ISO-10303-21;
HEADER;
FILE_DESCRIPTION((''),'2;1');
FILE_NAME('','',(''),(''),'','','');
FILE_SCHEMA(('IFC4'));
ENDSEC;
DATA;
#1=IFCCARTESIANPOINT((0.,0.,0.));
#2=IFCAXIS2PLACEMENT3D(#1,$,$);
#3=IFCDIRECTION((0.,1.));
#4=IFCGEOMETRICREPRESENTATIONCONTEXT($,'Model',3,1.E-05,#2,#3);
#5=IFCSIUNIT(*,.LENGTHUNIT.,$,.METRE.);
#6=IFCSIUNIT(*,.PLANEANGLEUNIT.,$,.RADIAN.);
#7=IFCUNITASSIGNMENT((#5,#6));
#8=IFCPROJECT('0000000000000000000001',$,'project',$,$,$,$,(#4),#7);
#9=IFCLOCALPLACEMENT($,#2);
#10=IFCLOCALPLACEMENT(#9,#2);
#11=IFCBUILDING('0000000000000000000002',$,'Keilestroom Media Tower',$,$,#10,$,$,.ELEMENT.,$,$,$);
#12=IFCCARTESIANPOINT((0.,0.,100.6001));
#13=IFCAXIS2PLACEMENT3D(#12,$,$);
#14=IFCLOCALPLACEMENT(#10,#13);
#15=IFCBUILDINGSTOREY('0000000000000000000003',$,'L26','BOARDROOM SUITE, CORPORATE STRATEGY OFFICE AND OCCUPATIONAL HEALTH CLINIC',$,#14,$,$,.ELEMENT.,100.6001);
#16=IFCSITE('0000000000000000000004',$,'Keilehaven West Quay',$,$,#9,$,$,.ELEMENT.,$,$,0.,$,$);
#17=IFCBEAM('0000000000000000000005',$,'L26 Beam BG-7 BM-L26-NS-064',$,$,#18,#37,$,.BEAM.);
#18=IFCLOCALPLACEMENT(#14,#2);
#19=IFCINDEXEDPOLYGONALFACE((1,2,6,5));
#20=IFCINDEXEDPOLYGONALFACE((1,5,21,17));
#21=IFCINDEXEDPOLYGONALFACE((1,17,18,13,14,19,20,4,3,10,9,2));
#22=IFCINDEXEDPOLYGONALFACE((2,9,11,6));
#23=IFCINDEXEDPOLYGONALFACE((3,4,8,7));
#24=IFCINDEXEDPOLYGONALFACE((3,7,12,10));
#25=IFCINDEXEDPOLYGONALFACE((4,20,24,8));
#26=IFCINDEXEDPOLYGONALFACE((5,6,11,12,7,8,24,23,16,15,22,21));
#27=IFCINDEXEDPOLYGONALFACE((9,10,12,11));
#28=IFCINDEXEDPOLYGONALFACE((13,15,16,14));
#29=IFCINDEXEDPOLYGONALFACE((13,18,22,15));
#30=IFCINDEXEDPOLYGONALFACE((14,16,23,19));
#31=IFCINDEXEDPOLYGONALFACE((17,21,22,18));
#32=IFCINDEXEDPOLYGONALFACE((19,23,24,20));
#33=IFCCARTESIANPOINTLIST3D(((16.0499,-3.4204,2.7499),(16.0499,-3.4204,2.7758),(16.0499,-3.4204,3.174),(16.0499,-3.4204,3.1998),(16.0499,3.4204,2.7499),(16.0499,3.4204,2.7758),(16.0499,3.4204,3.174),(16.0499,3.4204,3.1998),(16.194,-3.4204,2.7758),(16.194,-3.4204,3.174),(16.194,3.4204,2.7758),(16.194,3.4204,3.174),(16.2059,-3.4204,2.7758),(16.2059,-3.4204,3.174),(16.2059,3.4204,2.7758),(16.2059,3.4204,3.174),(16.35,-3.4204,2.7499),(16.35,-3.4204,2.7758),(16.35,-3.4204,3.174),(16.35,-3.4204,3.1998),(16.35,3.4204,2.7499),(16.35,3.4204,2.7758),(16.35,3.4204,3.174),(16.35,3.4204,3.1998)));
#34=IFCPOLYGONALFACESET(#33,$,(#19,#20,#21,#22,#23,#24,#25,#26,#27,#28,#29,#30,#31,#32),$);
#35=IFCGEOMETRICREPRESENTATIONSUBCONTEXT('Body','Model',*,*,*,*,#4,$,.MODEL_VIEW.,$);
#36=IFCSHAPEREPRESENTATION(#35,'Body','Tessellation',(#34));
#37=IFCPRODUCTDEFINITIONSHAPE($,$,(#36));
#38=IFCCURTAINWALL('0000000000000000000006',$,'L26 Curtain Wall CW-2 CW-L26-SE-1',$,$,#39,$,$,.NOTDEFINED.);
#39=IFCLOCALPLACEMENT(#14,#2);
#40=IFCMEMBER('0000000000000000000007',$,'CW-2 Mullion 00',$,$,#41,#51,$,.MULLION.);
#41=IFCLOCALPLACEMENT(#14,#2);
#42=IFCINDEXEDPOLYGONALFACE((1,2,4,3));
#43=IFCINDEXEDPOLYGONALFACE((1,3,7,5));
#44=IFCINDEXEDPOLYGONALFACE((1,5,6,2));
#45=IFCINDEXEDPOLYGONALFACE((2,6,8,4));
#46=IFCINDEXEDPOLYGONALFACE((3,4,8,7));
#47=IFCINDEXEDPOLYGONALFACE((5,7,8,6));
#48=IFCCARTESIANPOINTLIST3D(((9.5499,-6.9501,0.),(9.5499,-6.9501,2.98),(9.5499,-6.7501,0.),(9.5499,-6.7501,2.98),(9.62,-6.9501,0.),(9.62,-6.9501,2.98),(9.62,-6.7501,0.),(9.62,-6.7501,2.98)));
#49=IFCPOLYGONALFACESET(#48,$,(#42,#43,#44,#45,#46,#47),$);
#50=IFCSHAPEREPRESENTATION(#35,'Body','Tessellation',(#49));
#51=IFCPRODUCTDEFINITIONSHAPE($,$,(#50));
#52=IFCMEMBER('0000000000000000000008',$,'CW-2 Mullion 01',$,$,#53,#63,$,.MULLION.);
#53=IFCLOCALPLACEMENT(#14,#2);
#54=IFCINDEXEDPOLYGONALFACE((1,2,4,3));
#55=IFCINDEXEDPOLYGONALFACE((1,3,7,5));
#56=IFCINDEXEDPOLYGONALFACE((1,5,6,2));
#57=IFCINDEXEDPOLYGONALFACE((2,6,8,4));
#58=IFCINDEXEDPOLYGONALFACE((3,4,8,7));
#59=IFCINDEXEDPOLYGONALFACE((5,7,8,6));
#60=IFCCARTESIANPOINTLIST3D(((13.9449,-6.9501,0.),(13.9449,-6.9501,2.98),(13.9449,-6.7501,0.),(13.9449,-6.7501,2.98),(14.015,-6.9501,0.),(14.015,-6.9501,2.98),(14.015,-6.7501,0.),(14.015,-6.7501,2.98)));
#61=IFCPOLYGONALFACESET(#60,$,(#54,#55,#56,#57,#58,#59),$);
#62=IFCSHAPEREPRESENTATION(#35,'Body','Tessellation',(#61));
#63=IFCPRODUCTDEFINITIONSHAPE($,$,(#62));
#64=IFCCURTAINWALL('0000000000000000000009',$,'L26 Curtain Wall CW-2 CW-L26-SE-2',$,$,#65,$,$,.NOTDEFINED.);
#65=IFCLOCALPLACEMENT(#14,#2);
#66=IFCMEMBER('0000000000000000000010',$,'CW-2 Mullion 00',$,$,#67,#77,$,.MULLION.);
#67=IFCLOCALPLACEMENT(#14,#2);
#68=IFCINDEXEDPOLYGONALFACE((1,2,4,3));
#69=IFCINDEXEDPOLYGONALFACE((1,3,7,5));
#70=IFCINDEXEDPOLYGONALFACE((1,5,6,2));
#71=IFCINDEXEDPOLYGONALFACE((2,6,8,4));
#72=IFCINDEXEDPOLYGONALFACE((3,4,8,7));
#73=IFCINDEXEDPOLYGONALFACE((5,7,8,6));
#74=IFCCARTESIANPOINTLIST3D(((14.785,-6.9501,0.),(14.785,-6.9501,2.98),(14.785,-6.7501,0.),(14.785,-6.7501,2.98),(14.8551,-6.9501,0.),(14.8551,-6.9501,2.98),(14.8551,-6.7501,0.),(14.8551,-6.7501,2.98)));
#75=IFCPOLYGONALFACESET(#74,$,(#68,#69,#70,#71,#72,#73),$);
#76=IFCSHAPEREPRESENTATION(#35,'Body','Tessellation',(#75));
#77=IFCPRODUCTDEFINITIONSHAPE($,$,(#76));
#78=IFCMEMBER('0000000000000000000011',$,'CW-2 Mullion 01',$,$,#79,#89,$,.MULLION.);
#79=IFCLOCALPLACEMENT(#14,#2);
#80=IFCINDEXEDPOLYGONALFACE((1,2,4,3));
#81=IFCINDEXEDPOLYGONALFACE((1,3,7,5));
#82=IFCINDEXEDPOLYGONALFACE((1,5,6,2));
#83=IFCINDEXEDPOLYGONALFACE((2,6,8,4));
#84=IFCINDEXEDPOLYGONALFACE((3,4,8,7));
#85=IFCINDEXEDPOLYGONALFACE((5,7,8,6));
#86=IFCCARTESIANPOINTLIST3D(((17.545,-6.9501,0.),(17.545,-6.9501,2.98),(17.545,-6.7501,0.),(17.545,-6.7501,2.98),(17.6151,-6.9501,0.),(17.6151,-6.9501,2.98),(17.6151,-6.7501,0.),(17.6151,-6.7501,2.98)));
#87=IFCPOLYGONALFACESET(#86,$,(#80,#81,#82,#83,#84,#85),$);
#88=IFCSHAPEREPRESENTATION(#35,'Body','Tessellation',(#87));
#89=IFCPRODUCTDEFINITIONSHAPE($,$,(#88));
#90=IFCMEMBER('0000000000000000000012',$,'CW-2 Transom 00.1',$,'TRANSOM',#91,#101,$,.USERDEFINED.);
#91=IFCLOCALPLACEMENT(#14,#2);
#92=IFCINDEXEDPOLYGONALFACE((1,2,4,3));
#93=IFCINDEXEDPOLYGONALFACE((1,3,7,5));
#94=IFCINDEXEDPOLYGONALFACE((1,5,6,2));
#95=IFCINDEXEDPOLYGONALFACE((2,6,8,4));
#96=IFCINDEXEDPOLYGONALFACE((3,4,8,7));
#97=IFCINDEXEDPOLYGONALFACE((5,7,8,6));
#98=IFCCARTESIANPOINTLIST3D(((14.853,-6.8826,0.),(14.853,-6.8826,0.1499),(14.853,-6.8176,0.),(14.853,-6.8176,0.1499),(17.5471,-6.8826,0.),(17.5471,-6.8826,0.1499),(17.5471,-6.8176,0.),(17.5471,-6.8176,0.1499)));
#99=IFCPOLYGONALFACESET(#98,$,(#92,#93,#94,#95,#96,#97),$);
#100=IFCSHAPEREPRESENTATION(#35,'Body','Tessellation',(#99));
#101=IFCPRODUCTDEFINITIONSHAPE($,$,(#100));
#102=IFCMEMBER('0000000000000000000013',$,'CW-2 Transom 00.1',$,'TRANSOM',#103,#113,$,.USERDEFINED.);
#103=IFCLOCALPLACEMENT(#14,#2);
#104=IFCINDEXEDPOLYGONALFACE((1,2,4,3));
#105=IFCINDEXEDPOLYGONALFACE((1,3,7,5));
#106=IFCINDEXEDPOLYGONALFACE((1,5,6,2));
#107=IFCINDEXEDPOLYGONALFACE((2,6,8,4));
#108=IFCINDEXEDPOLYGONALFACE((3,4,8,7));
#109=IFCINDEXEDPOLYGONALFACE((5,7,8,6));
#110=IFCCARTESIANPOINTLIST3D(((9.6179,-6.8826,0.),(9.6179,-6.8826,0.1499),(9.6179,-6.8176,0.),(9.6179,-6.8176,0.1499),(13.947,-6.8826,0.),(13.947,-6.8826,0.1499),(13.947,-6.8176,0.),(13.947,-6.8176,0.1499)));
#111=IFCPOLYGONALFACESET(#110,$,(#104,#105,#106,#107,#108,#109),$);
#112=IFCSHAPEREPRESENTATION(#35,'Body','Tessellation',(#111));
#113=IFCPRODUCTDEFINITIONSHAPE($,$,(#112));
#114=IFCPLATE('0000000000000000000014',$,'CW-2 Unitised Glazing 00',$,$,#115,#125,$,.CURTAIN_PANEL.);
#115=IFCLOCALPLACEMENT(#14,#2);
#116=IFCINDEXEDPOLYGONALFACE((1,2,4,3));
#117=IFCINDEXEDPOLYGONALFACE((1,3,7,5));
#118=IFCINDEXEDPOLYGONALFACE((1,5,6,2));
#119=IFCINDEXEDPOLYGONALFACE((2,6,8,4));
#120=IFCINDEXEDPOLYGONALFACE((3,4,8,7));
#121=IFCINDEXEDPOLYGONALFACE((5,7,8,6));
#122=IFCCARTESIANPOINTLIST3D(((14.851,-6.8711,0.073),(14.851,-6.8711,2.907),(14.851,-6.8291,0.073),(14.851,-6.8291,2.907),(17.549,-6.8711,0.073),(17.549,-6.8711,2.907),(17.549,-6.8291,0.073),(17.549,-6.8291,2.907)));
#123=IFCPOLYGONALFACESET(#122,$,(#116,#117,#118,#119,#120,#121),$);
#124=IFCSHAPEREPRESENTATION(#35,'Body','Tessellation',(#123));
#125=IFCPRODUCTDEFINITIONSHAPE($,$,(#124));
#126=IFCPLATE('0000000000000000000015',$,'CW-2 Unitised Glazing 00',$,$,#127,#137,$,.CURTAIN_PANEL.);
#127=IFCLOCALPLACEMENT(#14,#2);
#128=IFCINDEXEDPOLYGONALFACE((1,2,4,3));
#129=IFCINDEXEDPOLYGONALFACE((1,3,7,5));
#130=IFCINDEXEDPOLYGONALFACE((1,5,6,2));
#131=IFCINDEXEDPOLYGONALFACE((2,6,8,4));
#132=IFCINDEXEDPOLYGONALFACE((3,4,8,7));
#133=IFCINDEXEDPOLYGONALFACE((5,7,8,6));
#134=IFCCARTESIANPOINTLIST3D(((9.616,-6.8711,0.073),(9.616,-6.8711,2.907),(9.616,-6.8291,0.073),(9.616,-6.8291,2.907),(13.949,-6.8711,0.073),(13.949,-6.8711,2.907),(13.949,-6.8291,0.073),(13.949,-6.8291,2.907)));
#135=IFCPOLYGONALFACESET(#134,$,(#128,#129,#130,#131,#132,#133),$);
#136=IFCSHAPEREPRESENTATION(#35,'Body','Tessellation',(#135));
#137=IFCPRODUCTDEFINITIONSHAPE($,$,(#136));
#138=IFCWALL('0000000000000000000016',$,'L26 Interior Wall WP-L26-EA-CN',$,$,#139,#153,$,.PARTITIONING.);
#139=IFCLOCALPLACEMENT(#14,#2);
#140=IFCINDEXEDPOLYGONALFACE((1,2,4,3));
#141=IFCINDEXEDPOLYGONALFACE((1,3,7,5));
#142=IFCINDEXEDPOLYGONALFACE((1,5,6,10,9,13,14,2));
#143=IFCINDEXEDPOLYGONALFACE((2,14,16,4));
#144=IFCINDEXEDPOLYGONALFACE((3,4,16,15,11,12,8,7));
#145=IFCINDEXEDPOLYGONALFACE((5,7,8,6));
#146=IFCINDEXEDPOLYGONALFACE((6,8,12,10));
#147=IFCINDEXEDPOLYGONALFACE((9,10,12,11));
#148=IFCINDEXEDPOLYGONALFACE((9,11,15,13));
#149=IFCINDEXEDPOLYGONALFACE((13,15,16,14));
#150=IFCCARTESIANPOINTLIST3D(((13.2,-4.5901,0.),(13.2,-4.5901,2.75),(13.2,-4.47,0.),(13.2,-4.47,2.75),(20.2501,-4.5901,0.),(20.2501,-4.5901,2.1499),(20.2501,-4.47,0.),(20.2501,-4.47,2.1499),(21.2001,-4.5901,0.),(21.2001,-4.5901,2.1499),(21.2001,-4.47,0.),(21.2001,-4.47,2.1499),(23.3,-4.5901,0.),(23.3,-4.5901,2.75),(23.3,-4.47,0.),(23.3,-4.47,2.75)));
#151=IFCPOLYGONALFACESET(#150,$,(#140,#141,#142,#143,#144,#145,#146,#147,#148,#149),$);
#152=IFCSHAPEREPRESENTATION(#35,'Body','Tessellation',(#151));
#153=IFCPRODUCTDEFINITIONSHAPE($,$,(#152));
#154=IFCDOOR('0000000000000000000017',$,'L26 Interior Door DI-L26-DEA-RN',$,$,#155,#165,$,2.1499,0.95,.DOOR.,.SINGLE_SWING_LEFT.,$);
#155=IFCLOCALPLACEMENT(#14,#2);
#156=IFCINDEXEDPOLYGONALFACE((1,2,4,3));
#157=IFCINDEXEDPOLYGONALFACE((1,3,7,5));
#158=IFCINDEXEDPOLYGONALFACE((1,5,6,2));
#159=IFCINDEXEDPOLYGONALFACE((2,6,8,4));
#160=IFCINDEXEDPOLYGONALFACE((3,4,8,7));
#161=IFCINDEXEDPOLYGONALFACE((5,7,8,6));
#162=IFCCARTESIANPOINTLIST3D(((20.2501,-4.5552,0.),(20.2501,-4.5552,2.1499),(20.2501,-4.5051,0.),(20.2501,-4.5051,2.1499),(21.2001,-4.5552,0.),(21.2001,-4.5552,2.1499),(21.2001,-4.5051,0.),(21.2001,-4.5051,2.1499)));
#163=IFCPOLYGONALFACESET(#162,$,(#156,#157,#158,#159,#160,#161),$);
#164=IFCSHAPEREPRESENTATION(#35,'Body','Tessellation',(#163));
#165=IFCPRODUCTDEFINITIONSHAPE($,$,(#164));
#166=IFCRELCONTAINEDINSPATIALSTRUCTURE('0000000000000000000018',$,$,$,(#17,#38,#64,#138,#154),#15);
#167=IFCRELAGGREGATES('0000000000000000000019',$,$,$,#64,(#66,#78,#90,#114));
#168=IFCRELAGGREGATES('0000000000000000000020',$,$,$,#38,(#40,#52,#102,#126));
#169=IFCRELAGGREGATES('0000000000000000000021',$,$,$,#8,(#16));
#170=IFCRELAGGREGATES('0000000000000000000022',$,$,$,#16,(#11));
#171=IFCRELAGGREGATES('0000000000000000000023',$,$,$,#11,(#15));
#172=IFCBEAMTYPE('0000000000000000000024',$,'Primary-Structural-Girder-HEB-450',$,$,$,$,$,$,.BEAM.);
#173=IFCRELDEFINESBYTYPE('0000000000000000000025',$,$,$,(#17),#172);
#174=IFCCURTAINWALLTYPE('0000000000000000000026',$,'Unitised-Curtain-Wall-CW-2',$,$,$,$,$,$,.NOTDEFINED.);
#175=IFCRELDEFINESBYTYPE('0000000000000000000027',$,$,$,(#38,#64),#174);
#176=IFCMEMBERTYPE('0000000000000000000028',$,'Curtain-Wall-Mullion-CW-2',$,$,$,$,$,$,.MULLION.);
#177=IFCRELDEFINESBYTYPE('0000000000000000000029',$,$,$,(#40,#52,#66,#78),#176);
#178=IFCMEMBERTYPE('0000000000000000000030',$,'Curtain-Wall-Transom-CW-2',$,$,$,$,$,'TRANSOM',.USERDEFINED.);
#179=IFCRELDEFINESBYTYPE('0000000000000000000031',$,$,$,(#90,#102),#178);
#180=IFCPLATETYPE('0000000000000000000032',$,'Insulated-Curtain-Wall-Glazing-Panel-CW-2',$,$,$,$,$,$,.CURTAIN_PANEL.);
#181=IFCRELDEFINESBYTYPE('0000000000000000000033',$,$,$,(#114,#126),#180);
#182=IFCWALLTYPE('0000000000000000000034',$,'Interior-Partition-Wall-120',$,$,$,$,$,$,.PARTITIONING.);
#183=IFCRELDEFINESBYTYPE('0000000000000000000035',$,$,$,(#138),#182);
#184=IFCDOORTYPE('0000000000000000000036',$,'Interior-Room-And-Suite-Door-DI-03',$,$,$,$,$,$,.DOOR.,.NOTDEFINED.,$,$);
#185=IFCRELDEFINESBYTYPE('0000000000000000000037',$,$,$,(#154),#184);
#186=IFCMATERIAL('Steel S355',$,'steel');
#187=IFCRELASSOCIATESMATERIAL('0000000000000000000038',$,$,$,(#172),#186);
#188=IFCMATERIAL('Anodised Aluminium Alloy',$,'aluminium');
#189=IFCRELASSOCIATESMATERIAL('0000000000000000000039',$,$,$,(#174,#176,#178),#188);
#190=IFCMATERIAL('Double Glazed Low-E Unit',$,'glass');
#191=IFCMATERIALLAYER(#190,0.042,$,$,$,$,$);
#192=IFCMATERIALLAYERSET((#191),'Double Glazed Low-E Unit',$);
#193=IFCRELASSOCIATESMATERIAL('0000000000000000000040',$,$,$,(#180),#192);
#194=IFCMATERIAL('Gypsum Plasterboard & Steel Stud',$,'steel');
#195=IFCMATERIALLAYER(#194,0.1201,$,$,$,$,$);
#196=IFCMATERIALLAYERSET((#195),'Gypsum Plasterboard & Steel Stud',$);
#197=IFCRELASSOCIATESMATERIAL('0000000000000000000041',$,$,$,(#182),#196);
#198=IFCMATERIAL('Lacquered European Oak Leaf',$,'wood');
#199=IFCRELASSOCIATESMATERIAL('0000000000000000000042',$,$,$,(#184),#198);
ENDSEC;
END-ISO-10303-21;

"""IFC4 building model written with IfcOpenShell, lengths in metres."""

from ifc_helpers import new_model, si_unit, direction, frame, frame_2d, origin, origin_2d, place, context, subcontext, project, spatial, rectangle, i_section, extrude, source, transform, mapped, material, layer, layer_set, material_profile, profile_set, type_object, element, fill, aggregate, save


model = new_model("IFC4")

# Units and contexts
model_context = context("Model", 3, precision=1e-05, world=origin(), true_north=direction((0.0, 1.0)))
body_context = subcontext(model_context, "Body", "Model", "MODEL_VIEW")
ifc_project = project(units=[si_unit("LENGTHUNIT", "METRE"), si_unit("PLANEANGLEUNIT", "RADIAN")], contexts=[model_context])

# Site, building, storey
site_placement = place(None, origin())
site = spatial("IfcSite", under=ifc_project, at=site_placement, Name="Keilehaven West Quay", CompositionType="ELEMENT", RefElevation=0.0)
building_placement = place(site_placement, origin())
building = spatial("IfcBuilding", under=site, at=building_placement, Name="Keilestroom Media Tower", CompositionType="ELEMENT")
storey_placement = place(building_placement, frame((0.0, 0.0, 100.6001)))
storey = spatial("IfcBuildingStorey", under=building, at=storey_placement, Name="L26", Description="BOARDROOM SUITE, CORPORATE STRATEGY OFFICE AND OCCUPATIONAL HEALTH CLINIC", CompositionType="ELEMENT", Elevation=100.6001)

# Shared definitions
ifc_material_1 = material(Name="Steel S355", Category="steel")

# Beam
ifc_material_profile_1 = material_profile(ifc_material_1, i_section(OverallWidth=0.3, OverallDepth=0.45, WebThickness=0.012, FlangeThickness=0.0259, at=origin_2d()), Name="HEB 450")
ifc_profile_set_1 = profile_set([ifc_material_profile_1], Name="Steel S355")
beam_type_1 = type_object("IfcBeamType", Name="Primary-Structural-Girder-HEB-450", PredefinedType="BEAM", material=ifc_profile_set_1)
shared_shape_1 = source(origin(), body_context, "Body", "SweptSolid", [
    extrude(i_section(OverallWidth=0.3, OverallDepth=0.45, WebThickness=0.012, FlangeThickness=0.0259, at=origin_2d()), origin(), (0.0, 0.0, 1.0), 6.8408),
])
for number, where, z_axis, x_axis, name in (
    (1, (16.2, -3.4204, 2.9749), (0.0, 1.0, 0.0), (-1.0, 0.0, 0.0), "L26 Beam BG-7 BM-L26-NS-064"),
):
    element("IfcBeam", number, at=place(storey_placement, frame(where, z_axis=z_axis, x_axis=x_axis)), inside=storey, type_object=beam_type_1, Name=name, PredefinedType="BEAM", context=body_context, shape_type="MappedRepresentation", body=[
        mapped(shared_shape_1, transform((0.0, 0.0, 0.0), x_axis=(1.0, 0.0, 0.0), y_axis=(0.0, 1.0, 0.0), z_axis=(0.0, 0.0, 1.0), scale=1.0)),
    ])

# Curtain walls, members
ifc_material_2 = material(Name="Anodised Aluminium Alloy", Category="aluminium")
curtain_wall_type = type_object("IfcCurtainWallType", Name="Unitised-Curtain-Wall-CW-2", PredefinedType="NOTDEFINED", material=ifc_material_2)
curtain_wall_1_placement = place(storey_placement, origin())
curtain_wall_1 = element("IfcCurtainWall", 2, at=curtain_wall_1_placement, inside=storey, type_object=curtain_wall_type, Name="L26 Curtain Wall CW-2 CW-L26-SE-1", PredefinedType="NOTDEFINED")
ifc_material_profile_2 = material_profile(ifc_material_2, rectangle(XDim=0.0701, YDim=0.2, at=origin_2d()), Name="ALU MULLION 70x200")
ifc_profile_set_2 = profile_set([ifc_material_profile_2], Name="Anodised Aluminium Alloy")
member_type_1 = type_object("IfcMemberType", Name="Curtain-Wall-Mullion-CW-2", PredefinedType="MULLION", material=ifc_profile_set_2)
shared_shape_2 = source(origin(), body_context, "Body", "SweptSolid", [
    extrude(rectangle(XDim=0.0701, YDim=0.2, at=origin_2d()), origin(), (0.0, 0.0, 1.0), 2.98),
])
member_1_placement = place(storey_placement, frame((9.585, -6.8501, 0.0), z_axis=(0.0, 0.0, 1.0), x_axis=(1.0, 0.0, 0.0)))
member_1 = element("IfcMember", 3, at=member_1_placement, type_object=member_type_1, Name="CW-2 Mullion 00", PredefinedType="MULLION", context=body_context, shape_type="MappedRepresentation", body=[
    mapped(shared_shape_2, transform((0.0, 0.0, 0.0), x_axis=(1.0, 0.0, 0.0), y_axis=(0.0, 1.0, 0.0), z_axis=(0.0, 0.0, 1.0), scale=1.0)),
])
member_2_placement = place(storey_placement, frame((13.98, -6.8501, 0.0), z_axis=(0.0, 0.0, 1.0), x_axis=(1.0, 0.0, 0.0)))
member_2 = element("IfcMember", 4, at=member_2_placement, type_object=member_type_1, Name="CW-2 Mullion 01", PredefinedType="MULLION", context=body_context, shape_type="MappedRepresentation", body=[
    mapped(shared_shape_2, transform((0.0, 0.0, 0.0), x_axis=(1.0, 0.0, 0.0), y_axis=(0.0, 1.0, 0.0), z_axis=(0.0, 0.0, 1.0), scale=1.0)),
])
curtain_wall_2_placement = place(storey_placement, origin())
curtain_wall_2 = element("IfcCurtainWall", 5, at=curtain_wall_2_placement, inside=storey, type_object=curtain_wall_type, Name="L26 Curtain Wall CW-2 CW-L26-SE-2", PredefinedType="NOTDEFINED")
member_3_placement = place(storey_placement, frame((14.8201, -6.8501, 0.0), z_axis=(0.0, 0.0, 1.0), x_axis=(1.0, 0.0, 0.0)))
member_3 = element("IfcMember", 6, at=member_3_placement, type_object=member_type_1, Name="CW-2 Mullion 00", PredefinedType="MULLION", context=body_context, shape_type="MappedRepresentation", body=[
    mapped(shared_shape_2, transform((0.0, 0.0, 0.0), x_axis=(1.0, 0.0, 0.0), y_axis=(0.0, 1.0, 0.0), z_axis=(0.0, 0.0, 1.0), scale=1.0)),
])
member_4_placement = place(storey_placement, frame((17.5801, -6.8501, 0.0), z_axis=(0.0, 0.0, 1.0), x_axis=(1.0, 0.0, 0.0)))
member_4 = element("IfcMember", 7, at=member_4_placement, type_object=member_type_1, Name="CW-2 Mullion 01", PredefinedType="MULLION", context=body_context, shape_type="MappedRepresentation", body=[
    mapped(shared_shape_2, transform((0.0, 0.0, 0.0), x_axis=(1.0, 0.0, 0.0), y_axis=(0.0, 1.0, 0.0), z_axis=(0.0, 0.0, 1.0), scale=1.0)),
])
ifc_material_profile_3 = material_profile(ifc_material_2, rectangle(XDim=0.0649, YDim=0.1499, at=origin_2d()), Name="ALU TRANSOM 65x150")
ifc_profile_set_3 = profile_set([ifc_material_profile_3], Name="Anodised Aluminium Alloy")
member_type_2 = type_object("IfcMemberType", Name="Curtain-Wall-Transom-CW-2", ElementType="TRANSOM", PredefinedType="USERDEFINED", material=ifc_profile_set_3)
shared_shape_3 = source(origin(), body_context, "Body", "SweptSolid", [
    extrude(rectangle(XDim=0.0649, YDim=0.1499, at=origin_2d()), origin(), (0.0, 0.0, 1.0), 2.6941),
])
member_5_placement = place(storey_placement, frame((14.853, -6.8501, 0.075), z_axis=(1.0, 0.0, 0.0), x_axis=(0.0, 1.0, 0.0)))
member_5 = element("IfcMember", 8, at=member_5_placement, type_object=member_type_2, Name="CW-2 Transom 00.1", ObjectType="TRANSOM", PredefinedType="USERDEFINED", context=body_context, shape_type="MappedRepresentation", body=[
    mapped(shared_shape_3, transform((0.0, 0.0, 0.0), x_axis=(1.0, 0.0, 0.0), y_axis=(0.0, 1.0, 0.0), z_axis=(0.0, 0.0, 1.0), scale=1.0)),
])

# Member
shared_shape_4 = source(origin(), body_context, "Body", "SweptSolid", [
    extrude(rectangle(XDim=0.0649, YDim=0.1499, at=origin_2d()), origin(), (0.0, 0.0, 1.0), 4.3291),
])
member_6_placement = place(storey_placement, frame((9.6179, -6.8501, 0.075), z_axis=(1.0, 0.0, 0.0), x_axis=(0.0, 1.0, 0.0)))
member_6 = element("IfcMember", 9, at=member_6_placement, type_object=member_type_2, Name="CW-2 Transom 00.1", ObjectType="TRANSOM", PredefinedType="USERDEFINED", context=body_context, shape_type="MappedRepresentation", body=[
    mapped(shared_shape_4, transform((0.0, 0.0, 0.0), x_axis=(1.0, 0.0, 0.0), y_axis=(0.0, 1.0, 0.0), z_axis=(0.0, 0.0, 1.0), scale=1.0)),
])

# Plates
ifc_material_3 = material(Name="Double Glazed Low-E Unit", Category="glass")
ifc_layer_1 = layer(ifc_material_3, 0.042)
ifc_layer_set_1 = layer_set([ifc_layer_1], Name="Double Glazed Low-E Unit")
plate_type = type_object("IfcPlateType", Name="Insulated-Curtain-Wall-Glazing-Panel-CW-2", PredefinedType="CURTAIN_PANEL", material=ifc_layer_set_1)
shared_shape_5 = source(origin(), body_context, "Body", "SweptSolid", [
    extrude(rectangle(XDim=2.698, YDim=0.042, at=origin_2d()), origin(), (0.0, 0.0, 1.0), 2.834),
])
plate_1_placement = place(storey_placement, frame((16.2, -6.8501, 0.073), z_axis=(0.0, 0.0, 1.0), x_axis=(1.0, 0.0, 0.0)))
plate_1 = element("IfcPlate", 10, at=plate_1_placement, type_object=plate_type, Name="CW-2 Unitised Glazing 00", PredefinedType="CURTAIN_PANEL", context=body_context, shape_type="MappedRepresentation", body=[
    mapped(shared_shape_5, transform((0.0, 0.0, 0.0), x_axis=(1.0, 0.0, 0.0), y_axis=(0.0, 1.0, 0.0), z_axis=(0.0, 0.0, 1.0), scale=1.0)),
])
aggregate(curtain_wall_2, [member_3, member_4, member_5, plate_1])
shared_shape_6 = source(origin(), body_context, "Body", "SweptSolid", [
    extrude(rectangle(XDim=4.333, YDim=0.042, at=origin_2d()), origin(), (0.0, 0.0, 1.0), 2.834),
])
plate_2_placement = place(storey_placement, frame((11.7825, -6.8501, 0.073), z_axis=(0.0, 0.0, 1.0), x_axis=(1.0, 0.0, 0.0)))
plate_2 = element("IfcPlate", 11, at=plate_2_placement, type_object=plate_type, Name="CW-2 Unitised Glazing 00", PredefinedType="CURTAIN_PANEL", context=body_context, shape_type="MappedRepresentation", body=[
    mapped(shared_shape_6, transform((0.0, 0.0, 0.0), x_axis=(1.0, 0.0, 0.0), y_axis=(0.0, 1.0, 0.0), z_axis=(0.0, 0.0, 1.0), scale=1.0)),
])
aggregate(curtain_wall_1, [member_1, member_2, member_6, plate_2])

# Wall, opening, door
ifc_material_4 = material(Name="Gypsum Plasterboard & Steel Stud", Category="steel")
ifc_layer_2 = layer(ifc_material_4, 0.1201)
ifc_layer_set_2 = layer_set([ifc_layer_2], Name="Gypsum Plasterboard & Steel Stud")
wall_type_1 = type_object("IfcWallType", Name="Interior-Partition-Wall-120", PredefinedType="PARTITIONING", material=ifc_layer_set_2)
wall_1_placement = place(storey_placement, frame((13.2, -4.53, 0.0), z_axis=(0.0, 0.0, 1.0), x_axis=(1.0, 0.0, 0.0)))
wall_1 = element("IfcWall", 12, at=wall_1_placement, inside=storey, type_object=wall_type_1, Name="L26 Interior Wall WP-L26-EA-CN", PredefinedType="PARTITIONING", context=body_context, shape_type="SweptSolid", body=[
    extrude(rectangle(XDim=10.1001, YDim=0.1201, at=frame_2d((5.05, 0.0))), origin(), (0.0, 0.0, 1.0), 2.75),
])
opening_1_placement = place(wall_1_placement, frame((7.05, 0.0, 0.0)))
opening_1 = element("IfcOpeningElement", 13, at=opening_1_placement, cuts=wall_1, PredefinedType="OPENING", context=body_context, shape_type="SweptSolid", body=[
    extrude(rectangle(XDim=0.95, YDim=2.1499, at=frame_2d((0.4751, 1.075))), frame((0.0, 0.0701, 0.0), z_axis=(0.0, -1.0, 0.0), x_axis=(1.0, 0.0, 0.0)), (0.0, 0.0, 1.0), 0.1401),
])
ifc_material_5 = material(Name="Lacquered European Oak Leaf", Category="wood")
door_type_1 = type_object("IfcDoorType", Name="Interior-Room-And-Suite-Door-DI-03", OperationType="NOTDEFINED", PredefinedType="DOOR", material=ifc_material_5)
shared_shape_7 = source(origin(), body_context, "Body", "SweptSolid", [
    extrude(rectangle(XDim=0.95, YDim=2.1499, at=frame_2d((0.4751, 1.075))), frame((0.0, 0.0249, 0.0), z_axis=(0.0, -1.0, 0.0), x_axis=(1.0, 0.0, 0.0)), (0.0, 0.0, 1.0), 0.05),
])
door_1_placement = place(opening_1_placement, origin())
door_1 = element("IfcDoor", 14, at=door_1_placement, inside=storey, type_object=door_type_1, Name="L26 Interior Door DI-L26-DEA-RN", OperationType="SINGLE_SWING_LEFT", OverallHeight=2.1499, OverallWidth=0.95, PredefinedType="DOOR", context=body_context, shape_type="MappedRepresentation", body=[
    mapped(shared_shape_7, transform((0.0, 0.0, 0.0), x_axis=(1.0, 0.0, 0.0), y_axis=(0.0, 1.0, 0.0), z_axis=(0.0, 0.0, 1.0), scale=1.0)),
])
fill(opening_1, door_1)

save(model, "model.ifc")
